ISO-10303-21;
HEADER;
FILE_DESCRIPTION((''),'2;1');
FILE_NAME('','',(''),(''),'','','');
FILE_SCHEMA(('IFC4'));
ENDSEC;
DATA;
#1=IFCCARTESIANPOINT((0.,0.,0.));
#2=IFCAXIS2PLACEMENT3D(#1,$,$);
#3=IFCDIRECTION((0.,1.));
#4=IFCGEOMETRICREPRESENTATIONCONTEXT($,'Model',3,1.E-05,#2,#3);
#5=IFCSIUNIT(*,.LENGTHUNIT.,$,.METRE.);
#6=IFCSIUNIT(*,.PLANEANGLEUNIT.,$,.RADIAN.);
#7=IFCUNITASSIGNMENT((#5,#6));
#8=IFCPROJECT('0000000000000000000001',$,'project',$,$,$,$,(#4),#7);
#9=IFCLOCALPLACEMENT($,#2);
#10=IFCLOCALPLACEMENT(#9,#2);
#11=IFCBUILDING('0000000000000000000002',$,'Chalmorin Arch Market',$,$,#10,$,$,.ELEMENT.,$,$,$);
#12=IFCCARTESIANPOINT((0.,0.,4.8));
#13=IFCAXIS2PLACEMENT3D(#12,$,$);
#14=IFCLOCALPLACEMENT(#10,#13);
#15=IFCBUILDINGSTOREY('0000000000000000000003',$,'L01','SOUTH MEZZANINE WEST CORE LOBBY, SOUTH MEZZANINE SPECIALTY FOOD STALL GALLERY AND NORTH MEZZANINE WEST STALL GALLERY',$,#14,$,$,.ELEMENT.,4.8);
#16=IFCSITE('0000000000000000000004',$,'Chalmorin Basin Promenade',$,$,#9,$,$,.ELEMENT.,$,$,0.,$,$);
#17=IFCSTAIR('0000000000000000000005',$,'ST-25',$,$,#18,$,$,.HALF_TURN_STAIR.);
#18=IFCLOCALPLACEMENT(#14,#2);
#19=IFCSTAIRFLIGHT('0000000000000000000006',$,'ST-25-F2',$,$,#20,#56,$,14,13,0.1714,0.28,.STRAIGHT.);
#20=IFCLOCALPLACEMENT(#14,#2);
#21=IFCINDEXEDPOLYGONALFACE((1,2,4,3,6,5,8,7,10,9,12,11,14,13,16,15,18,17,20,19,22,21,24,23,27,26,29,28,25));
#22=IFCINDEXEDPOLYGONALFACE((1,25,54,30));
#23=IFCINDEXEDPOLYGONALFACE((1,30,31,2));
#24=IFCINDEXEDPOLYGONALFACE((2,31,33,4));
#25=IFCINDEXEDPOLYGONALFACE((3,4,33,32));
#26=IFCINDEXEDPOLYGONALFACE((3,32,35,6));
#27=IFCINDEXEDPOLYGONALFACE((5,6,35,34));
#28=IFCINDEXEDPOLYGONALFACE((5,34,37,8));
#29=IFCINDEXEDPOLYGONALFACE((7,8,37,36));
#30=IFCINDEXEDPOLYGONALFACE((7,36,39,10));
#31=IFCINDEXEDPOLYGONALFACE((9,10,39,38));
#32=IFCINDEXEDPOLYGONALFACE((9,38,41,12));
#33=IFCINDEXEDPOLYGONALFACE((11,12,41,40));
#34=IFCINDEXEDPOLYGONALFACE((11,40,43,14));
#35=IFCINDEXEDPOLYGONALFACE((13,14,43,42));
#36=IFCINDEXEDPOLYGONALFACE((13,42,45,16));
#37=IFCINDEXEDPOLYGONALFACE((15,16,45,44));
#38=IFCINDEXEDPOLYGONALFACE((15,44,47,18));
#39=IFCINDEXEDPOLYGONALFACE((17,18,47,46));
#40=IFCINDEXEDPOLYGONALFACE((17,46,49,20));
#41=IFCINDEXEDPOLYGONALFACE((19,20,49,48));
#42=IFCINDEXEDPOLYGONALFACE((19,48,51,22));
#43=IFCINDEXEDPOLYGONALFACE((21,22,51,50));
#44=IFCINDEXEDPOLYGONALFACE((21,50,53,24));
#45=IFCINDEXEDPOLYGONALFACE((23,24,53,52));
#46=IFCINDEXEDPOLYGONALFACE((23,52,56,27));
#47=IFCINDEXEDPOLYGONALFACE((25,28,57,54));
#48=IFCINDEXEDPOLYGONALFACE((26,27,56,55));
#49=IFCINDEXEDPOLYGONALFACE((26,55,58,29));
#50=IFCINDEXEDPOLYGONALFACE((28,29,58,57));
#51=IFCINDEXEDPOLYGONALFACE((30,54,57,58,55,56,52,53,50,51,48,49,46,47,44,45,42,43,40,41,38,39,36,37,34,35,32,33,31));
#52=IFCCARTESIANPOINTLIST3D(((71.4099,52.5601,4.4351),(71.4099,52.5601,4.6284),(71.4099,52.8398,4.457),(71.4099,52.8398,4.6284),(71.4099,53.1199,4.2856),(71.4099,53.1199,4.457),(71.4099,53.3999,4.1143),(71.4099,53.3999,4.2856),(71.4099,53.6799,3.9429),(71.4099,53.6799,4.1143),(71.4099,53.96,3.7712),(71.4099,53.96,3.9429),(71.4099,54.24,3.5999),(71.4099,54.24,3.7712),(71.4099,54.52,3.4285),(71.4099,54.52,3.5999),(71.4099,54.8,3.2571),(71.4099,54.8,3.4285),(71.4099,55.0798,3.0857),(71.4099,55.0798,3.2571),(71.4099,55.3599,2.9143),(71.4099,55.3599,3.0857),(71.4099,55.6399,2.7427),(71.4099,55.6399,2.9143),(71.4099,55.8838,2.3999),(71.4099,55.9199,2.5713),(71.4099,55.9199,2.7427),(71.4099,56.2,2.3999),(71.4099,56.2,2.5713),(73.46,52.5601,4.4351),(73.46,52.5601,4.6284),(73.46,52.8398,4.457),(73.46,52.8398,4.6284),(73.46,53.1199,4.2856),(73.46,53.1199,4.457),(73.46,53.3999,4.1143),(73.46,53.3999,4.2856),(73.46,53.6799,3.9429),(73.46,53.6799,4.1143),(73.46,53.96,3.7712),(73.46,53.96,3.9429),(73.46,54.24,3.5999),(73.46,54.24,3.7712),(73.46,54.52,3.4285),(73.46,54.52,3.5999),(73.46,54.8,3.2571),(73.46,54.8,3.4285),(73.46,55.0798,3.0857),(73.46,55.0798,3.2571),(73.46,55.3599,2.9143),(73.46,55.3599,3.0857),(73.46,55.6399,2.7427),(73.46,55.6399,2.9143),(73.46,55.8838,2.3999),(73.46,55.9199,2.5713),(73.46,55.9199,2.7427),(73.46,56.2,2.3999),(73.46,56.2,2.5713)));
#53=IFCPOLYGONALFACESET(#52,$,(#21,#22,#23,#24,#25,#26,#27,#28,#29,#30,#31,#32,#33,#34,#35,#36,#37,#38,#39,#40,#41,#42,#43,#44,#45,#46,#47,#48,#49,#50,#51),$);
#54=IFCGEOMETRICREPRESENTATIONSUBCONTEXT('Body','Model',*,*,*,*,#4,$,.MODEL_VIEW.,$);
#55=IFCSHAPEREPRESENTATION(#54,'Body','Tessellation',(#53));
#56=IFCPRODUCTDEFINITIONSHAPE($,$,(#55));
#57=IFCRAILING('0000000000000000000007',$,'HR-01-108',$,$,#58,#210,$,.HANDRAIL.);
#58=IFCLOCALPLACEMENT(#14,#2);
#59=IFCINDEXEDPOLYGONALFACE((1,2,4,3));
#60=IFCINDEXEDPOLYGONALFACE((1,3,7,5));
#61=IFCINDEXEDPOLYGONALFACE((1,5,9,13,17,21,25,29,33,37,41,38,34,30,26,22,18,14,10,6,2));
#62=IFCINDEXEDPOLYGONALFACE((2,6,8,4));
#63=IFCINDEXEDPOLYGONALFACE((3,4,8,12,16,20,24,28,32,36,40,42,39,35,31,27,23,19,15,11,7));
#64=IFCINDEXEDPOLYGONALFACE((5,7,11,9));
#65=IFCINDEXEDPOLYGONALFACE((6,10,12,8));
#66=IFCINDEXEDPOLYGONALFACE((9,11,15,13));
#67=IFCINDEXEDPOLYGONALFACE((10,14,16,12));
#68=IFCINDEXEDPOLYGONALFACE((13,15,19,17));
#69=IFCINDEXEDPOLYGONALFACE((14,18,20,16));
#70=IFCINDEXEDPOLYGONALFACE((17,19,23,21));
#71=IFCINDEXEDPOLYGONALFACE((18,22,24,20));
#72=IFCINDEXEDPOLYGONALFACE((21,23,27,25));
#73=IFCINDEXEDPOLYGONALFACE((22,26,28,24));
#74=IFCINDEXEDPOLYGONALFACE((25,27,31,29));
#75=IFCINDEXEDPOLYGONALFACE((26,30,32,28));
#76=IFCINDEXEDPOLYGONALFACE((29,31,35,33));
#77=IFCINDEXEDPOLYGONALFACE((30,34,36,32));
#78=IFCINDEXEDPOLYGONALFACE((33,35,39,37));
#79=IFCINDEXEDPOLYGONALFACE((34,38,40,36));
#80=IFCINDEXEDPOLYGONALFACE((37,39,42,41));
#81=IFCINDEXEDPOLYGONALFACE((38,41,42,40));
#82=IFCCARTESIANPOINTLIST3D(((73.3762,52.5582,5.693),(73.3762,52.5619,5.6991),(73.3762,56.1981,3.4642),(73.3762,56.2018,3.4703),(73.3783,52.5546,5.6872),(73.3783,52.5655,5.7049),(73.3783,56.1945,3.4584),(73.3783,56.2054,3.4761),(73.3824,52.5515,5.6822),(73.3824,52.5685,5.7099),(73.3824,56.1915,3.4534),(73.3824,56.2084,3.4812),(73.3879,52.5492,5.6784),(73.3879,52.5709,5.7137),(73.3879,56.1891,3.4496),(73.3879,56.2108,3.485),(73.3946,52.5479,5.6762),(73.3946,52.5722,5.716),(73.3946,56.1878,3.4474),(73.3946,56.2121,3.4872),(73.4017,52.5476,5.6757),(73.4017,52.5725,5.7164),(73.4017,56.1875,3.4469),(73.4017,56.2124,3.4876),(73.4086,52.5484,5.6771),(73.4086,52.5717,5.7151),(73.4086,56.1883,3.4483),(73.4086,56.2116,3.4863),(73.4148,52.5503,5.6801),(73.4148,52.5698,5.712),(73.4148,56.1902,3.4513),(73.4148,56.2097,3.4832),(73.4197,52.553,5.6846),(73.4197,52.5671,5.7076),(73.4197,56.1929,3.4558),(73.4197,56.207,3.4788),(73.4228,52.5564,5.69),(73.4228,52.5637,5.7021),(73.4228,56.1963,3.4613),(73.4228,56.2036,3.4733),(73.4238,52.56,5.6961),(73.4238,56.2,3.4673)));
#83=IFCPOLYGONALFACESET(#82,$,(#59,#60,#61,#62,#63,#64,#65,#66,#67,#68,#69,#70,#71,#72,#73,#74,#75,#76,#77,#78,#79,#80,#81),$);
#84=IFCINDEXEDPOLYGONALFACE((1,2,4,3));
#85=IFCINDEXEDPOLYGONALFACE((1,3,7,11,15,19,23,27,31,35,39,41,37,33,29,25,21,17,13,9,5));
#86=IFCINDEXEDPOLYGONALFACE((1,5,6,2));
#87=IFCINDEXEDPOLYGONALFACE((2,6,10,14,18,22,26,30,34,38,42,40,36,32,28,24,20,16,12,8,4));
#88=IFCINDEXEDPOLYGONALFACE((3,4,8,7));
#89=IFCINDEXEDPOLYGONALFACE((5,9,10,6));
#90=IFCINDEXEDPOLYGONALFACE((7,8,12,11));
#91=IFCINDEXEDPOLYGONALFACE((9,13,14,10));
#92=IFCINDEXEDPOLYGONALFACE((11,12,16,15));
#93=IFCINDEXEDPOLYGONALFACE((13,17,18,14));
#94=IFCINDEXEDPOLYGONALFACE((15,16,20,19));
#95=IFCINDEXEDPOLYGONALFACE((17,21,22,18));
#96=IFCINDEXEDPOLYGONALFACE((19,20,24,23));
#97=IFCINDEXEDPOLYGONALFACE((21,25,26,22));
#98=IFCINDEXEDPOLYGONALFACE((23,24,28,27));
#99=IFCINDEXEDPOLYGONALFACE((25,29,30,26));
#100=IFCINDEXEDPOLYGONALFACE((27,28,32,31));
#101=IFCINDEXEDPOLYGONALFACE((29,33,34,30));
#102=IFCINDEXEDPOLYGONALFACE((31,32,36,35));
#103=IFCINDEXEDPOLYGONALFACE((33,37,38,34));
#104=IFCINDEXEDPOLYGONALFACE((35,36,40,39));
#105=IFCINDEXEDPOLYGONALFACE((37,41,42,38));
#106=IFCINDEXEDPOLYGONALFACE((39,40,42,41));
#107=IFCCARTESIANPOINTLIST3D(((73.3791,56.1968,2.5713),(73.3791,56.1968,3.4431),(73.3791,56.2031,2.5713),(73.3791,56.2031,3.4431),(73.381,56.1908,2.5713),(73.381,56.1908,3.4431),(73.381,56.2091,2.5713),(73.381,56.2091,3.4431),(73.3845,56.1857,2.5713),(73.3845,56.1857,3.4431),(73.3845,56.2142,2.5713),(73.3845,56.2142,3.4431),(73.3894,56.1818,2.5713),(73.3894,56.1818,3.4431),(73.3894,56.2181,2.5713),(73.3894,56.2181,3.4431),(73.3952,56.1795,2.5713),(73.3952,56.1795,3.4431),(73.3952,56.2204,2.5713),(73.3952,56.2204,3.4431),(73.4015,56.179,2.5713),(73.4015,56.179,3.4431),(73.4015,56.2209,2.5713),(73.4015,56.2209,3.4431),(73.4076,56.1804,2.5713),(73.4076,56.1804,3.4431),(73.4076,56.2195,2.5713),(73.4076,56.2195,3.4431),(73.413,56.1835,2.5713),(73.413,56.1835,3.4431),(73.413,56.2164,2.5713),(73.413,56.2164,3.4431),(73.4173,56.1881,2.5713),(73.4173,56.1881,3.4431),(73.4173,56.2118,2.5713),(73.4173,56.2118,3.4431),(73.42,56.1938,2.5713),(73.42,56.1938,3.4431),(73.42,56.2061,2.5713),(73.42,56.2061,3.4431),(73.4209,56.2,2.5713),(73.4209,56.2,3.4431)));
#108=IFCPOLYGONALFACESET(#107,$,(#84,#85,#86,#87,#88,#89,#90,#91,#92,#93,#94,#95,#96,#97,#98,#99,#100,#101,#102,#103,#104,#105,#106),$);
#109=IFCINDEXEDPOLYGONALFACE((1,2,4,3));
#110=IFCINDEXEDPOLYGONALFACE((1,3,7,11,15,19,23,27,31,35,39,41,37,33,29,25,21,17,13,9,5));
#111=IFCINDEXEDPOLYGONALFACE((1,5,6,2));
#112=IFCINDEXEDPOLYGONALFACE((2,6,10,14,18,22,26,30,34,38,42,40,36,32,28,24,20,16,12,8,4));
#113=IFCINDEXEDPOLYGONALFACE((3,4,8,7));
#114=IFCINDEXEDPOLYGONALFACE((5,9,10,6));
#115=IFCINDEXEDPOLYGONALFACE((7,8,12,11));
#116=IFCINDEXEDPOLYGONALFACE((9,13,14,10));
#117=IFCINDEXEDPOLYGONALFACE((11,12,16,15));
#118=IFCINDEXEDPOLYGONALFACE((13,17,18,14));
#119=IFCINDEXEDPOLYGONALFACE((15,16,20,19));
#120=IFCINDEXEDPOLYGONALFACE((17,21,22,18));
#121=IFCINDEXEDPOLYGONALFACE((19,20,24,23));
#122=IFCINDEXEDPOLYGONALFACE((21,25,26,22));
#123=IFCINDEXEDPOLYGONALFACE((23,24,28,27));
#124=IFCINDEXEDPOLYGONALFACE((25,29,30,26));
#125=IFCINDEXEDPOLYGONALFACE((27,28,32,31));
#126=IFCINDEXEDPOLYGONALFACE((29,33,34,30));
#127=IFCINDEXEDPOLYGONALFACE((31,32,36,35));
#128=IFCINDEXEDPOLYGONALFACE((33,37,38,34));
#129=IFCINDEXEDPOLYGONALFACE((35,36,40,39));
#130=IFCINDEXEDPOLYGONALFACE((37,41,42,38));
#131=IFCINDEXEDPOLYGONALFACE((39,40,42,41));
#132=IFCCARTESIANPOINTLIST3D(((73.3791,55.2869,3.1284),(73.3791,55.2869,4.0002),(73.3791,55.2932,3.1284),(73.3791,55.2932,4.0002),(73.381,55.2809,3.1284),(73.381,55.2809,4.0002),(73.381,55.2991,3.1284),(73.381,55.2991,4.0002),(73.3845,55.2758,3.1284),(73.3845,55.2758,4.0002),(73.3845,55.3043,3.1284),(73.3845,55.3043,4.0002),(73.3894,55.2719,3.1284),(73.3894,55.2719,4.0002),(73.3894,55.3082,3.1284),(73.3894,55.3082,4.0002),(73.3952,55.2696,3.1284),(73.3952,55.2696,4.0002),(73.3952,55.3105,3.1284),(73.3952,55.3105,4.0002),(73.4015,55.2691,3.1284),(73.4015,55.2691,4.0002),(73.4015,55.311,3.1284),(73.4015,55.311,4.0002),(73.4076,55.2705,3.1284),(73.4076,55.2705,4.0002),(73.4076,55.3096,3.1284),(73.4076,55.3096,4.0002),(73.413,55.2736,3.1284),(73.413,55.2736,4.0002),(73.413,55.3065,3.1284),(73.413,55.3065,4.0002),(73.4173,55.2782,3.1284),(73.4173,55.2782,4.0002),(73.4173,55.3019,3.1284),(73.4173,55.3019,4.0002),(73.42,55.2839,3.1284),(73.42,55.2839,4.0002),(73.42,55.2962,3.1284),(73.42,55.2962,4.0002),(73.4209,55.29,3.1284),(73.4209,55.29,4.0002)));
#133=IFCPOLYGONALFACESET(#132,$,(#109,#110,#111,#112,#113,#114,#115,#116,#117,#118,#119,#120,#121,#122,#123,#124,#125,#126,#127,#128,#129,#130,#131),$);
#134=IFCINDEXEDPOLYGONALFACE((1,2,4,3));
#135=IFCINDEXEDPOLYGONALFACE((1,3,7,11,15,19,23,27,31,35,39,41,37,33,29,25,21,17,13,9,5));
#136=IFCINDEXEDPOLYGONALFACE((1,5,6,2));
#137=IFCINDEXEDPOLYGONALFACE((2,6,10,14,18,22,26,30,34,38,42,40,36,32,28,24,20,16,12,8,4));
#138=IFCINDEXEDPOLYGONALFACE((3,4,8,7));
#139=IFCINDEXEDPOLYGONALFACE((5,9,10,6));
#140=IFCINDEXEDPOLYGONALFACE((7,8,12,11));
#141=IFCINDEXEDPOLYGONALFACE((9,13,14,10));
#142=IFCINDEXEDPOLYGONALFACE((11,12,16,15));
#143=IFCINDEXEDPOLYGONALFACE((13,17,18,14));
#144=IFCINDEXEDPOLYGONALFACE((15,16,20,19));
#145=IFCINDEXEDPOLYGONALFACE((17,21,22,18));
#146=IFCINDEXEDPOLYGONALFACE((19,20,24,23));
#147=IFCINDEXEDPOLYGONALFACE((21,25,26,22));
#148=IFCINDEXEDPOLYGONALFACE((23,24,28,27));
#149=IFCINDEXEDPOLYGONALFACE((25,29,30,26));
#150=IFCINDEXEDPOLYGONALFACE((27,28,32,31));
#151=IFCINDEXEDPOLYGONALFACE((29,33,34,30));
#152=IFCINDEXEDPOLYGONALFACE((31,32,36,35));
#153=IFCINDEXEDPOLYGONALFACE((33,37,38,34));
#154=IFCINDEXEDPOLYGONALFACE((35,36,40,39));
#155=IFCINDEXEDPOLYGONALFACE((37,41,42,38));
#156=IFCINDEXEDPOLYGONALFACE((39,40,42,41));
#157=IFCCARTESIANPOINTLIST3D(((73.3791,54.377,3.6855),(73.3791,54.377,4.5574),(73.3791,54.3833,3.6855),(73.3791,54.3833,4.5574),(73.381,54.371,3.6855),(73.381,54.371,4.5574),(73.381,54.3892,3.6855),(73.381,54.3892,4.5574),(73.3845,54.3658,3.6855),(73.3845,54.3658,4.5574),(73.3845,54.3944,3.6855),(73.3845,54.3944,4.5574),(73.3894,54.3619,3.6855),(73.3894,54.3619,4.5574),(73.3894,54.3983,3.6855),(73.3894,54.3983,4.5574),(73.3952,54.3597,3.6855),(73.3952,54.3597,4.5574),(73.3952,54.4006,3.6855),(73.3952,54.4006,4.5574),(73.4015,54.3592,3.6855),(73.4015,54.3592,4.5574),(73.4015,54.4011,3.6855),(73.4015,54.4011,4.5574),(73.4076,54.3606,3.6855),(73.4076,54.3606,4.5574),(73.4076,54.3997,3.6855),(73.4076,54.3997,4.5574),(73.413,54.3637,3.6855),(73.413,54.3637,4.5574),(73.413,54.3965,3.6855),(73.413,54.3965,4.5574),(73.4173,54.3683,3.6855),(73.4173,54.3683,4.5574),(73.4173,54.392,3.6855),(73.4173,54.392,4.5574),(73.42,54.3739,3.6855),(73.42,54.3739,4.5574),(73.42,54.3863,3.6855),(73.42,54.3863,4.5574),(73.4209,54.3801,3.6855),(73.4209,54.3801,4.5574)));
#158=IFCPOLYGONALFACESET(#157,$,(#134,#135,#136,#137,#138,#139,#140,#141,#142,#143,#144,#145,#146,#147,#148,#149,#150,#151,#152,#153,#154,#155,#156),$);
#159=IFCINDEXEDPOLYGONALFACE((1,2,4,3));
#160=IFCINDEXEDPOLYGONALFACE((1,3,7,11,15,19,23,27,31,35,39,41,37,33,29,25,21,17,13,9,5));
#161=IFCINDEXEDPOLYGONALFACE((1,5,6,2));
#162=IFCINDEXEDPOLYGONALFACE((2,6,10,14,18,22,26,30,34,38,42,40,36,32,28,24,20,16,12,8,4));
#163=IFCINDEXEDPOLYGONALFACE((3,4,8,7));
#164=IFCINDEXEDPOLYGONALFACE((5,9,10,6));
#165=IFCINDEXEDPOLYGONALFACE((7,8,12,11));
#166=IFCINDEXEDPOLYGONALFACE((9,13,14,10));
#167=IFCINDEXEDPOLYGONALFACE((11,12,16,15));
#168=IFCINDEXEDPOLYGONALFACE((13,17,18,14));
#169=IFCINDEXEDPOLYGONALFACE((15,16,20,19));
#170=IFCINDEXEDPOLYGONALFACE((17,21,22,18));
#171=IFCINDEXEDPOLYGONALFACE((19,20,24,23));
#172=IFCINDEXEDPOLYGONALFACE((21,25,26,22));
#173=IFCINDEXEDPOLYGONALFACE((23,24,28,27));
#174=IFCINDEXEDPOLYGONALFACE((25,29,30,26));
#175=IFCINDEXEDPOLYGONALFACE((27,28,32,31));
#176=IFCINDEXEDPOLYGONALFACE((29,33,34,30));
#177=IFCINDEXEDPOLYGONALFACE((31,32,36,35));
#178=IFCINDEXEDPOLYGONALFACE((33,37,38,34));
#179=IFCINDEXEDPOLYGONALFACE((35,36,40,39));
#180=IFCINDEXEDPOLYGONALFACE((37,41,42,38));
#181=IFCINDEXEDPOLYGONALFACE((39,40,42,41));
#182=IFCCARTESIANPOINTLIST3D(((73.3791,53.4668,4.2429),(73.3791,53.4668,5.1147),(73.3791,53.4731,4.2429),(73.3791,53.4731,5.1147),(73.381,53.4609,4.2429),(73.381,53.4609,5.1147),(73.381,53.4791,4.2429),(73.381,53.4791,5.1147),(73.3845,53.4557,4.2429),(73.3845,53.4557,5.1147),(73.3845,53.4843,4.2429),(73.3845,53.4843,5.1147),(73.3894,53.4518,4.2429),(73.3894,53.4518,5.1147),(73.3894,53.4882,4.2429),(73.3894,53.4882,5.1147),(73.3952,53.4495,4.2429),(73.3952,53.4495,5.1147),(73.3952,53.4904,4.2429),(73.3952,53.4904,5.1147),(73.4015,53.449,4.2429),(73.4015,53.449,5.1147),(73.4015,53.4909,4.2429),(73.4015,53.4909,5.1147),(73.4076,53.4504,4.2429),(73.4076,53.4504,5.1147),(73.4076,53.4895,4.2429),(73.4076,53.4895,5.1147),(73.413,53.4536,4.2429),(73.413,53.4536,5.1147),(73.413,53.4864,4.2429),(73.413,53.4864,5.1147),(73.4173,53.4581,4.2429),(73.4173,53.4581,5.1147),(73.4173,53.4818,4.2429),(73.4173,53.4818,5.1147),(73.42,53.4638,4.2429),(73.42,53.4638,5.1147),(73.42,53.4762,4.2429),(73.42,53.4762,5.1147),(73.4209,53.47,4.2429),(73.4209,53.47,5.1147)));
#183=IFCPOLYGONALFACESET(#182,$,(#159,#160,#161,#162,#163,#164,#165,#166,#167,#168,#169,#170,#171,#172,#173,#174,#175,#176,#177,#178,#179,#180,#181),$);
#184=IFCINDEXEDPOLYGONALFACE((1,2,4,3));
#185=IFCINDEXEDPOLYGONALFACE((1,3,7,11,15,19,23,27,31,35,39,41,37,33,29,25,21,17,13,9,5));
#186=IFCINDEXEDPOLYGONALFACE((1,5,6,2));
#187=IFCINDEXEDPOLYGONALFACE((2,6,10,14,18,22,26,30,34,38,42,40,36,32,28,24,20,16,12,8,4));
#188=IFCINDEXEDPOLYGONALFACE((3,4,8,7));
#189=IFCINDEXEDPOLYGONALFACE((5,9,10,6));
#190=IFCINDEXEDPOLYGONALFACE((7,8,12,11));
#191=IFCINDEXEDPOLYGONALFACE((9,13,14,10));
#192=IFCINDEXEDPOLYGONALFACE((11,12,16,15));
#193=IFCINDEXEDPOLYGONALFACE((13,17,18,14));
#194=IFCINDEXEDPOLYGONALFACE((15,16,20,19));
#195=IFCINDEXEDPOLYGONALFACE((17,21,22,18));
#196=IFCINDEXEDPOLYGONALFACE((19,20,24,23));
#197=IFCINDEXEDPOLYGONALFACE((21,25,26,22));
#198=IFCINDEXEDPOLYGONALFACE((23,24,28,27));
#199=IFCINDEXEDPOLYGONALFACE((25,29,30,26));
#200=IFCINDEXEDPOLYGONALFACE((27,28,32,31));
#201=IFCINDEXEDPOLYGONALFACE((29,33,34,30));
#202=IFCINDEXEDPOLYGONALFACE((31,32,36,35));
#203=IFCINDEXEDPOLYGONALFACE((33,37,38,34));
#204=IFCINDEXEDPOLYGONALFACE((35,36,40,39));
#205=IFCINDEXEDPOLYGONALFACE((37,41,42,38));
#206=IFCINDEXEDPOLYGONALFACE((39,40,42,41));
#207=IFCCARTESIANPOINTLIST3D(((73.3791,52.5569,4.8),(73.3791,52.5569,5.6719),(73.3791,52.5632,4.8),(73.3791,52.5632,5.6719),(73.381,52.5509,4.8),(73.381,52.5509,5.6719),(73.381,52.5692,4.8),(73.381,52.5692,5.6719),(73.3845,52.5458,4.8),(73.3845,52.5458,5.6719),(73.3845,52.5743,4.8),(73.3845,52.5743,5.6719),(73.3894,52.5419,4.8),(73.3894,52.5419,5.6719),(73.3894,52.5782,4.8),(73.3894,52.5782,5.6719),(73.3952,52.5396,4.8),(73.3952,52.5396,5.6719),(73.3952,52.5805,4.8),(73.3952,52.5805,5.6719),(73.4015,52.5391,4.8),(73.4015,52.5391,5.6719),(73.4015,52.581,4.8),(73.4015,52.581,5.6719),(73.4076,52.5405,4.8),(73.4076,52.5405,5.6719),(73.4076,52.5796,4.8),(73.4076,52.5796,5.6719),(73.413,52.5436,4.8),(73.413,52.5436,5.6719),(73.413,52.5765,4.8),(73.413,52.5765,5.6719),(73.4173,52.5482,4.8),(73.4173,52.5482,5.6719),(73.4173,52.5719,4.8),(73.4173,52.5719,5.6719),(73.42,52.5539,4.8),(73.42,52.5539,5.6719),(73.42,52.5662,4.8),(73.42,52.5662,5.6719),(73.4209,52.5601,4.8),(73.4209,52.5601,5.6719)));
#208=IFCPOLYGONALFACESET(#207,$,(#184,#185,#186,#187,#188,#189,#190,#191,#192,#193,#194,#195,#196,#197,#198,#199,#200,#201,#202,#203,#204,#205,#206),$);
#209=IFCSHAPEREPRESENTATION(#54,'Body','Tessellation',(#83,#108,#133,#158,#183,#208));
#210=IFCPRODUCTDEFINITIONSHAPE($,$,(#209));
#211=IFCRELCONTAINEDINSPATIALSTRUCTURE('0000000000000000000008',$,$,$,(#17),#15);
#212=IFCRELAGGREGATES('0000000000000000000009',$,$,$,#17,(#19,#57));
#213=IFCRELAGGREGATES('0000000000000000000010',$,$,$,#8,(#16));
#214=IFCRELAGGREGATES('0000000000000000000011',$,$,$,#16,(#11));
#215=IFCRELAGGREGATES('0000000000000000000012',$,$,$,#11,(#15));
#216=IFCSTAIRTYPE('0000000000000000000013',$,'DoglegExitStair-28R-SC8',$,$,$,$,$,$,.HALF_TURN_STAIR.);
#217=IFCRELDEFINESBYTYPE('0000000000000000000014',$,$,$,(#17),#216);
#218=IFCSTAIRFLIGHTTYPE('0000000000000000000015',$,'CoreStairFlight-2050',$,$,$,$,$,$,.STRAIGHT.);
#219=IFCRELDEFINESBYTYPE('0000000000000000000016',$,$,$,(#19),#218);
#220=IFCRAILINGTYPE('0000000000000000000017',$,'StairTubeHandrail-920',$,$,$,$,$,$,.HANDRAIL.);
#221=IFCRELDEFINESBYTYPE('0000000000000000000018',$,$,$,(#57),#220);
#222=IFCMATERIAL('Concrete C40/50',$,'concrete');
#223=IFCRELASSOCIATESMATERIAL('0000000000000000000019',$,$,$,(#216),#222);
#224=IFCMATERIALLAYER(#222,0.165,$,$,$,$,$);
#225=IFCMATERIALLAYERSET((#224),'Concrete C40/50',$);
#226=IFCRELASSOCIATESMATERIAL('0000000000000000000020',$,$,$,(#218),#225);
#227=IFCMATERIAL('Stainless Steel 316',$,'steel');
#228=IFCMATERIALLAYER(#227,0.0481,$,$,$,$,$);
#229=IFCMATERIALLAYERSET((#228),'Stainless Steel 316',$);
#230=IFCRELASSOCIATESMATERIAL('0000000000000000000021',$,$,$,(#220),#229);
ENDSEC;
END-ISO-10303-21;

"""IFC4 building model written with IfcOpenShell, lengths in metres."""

from ifc_helpers import new_model, si_unit, direction, frame, origin, origin_2d, place, context, subcontext, project, spatial, polyline, circle, outline, extrude, material, layer, layer_set, type_object, element, aggregate, save


model = new_model("IFC4")

# Units and contexts
model_context = context("Model", 3, precision=1e-05, world=origin(), true_north=direction((0.0, 1.0)))
body_context = subcontext(model_context, "Body", "Model", "MODEL_VIEW")
ifc_project = project(units=[si_unit("LENGTHUNIT", "METRE"), si_unit("PLANEANGLEUNIT", "RADIAN")], contexts=[model_context])

# Site, building, storey
site_placement = place(None, origin())
site = spatial("IfcSite", under=ifc_project, at=site_placement, Name="Chalmorin Basin Promenade", CompositionType="ELEMENT", RefElevation=0.0)
building_placement = place(site_placement, origin())
building = spatial("IfcBuilding", under=site, at=building_placement, Name="Chalmorin Arch Market", CompositionType="ELEMENT")
storey_placement = place(building_placement, frame((0.0, 0.0, 4.8)))
storey = spatial("IfcBuildingStorey", under=building, at=storey_placement, Name="L01", Description="SOUTH MEZZANINE WEST CORE LOBBY, SOUTH MEZZANINE SPECIALTY FOOD STALL GALLERY AND NORTH MEZZANINE WEST STALL GALLERY", CompositionType="ELEMENT", Elevation=4.8)

# Shared definitions
ifc_material_1 = material(Name="Concrete C40/50", Category="concrete")

# Stair, stair flight, railing
stair_type = type_object("IfcStairType", Name="DoglegExitStair-28R-SC8", PredefinedType="HALF_TURN_STAIR", material=ifc_material_1)
stair_placement = place(storey_placement, origin())
stair = element("IfcStair", 1, at=stair_placement, inside=storey, type_object=stair_type, Name="ST-25", PredefinedType="HALF_TURN_STAIR")
ifc_layer_1 = layer(ifc_material_1, 0.165)
ifc_layer_set_1 = layer_set([ifc_layer_1], Name="Concrete C40/50")
stair_flight_type = type_object("IfcStairFlightType", Name="CoreStairFlight-2050", PredefinedType="STRAIGHT", material=ifc_layer_set_1)
stair_flight_1_placement = place(storey_placement, frame((72.4351, 56.2, 2.3999), z_axis=(0.0, 0.0, 1.0), x_axis=(0.0, -1.0, 0.0)))
stair_flight_1 = element("IfcStairFlight", 2, at=stair_flight_1_placement, type_object=stair_flight_type, Name="ST-25-F2", NumberOfRisers=14, NumberOfTreads=13, PredefinedType="STRAIGHT", RiserHeight=0.1714, TreadLength=0.28, context=body_context, shape_type="SweptSolid", body=[
    extrude(outline(polyline([(0.0, 0.0), (0.0, 0.1714), (0.28, 0.1714), (0.28, 0.3428), (0.5601, 0.3428), (0.5601, 0.5144), (0.8401, 0.5144), (0.8401, 0.6858), (1.1201, 0.6858), (1.1201, 0.8572), (1.3999, 0.8572), (1.3999, 1.0286), (1.6799, 1.0286), (1.6799, 1.2), (1.96, 1.2), (1.96, 1.3713), (2.24, 1.3713), (2.24, 1.543), (2.52, 1.543), (2.52, 1.7144), (2.8, 1.7144), (2.8, 1.8857), (3.0801, 1.8857), (3.0801, 2.0571), (3.3601, 2.0571), (3.3601, 2.2285), (3.6399, 2.2285), (3.6399, 2.3999), (3.6399, 2.0352), (0.3162, 0.0), (0.0, 0.0)])), frame((0.0, 1.0249, 0.0), z_axis=(0.0, -1.0, 0.0), x_axis=(1.0, 0.0, 0.0)), (0.0, 0.0, 1.0), 2.05),
])
ifc_material_2 = material(Name="Stainless Steel 316", Category="steel")
ifc_layer_2 = layer(ifc_material_2, 0.0481)
ifc_layer_set_2 = layer_set([ifc_layer_2], Name="Stainless Steel 316")
railing_type_1 = type_object("IfcRailingType", Name="StairTubeHandrail-920", PredefinedType="HANDRAIL", material=ifc_layer_set_2)
railing_1_placement = place(storey_placement, frame((73.3999, 56.2, 2.5713)))
railing_1 = element("IfcRailing", 3, at=railing_1_placement, type_object=railing_type_1, Name="HR-01-108", PredefinedType="HANDRAIL", context=body_context, shape_type="SweptSolid", body=[
    extrude(circle(Radius=0.0239, at=origin_2d()), frame((0.0, 0.0, 0.896), z_axis=(0.0, -0.852825, 0.522197), x_axis=(1.0, 0.0, 0.0)), (0.0, 0.0, 1.0), 4.2681),
    extrude(circle(Radius=0.021, at=origin_2d()), origin(), (0.0, 0.0, 1.0), 0.8718),
    extrude(circle(Radius=0.021, at=origin_2d()), frame((0.0, -0.9099, 0.5571)), (0.0, 0.0, 1.0), 0.8718),
    extrude(circle(Radius=0.021, at=origin_2d()), frame((0.0, -1.8198, 1.1143)), (0.0, 0.0, 1.0), 0.8718),
    extrude(circle(Radius=0.021, at=origin_2d()), frame((0.0, -2.73, 1.6716)), (0.0, 0.0, 1.0), 0.8718),
    extrude(circle(Radius=0.021, at=origin_2d()), frame((0.0, -3.6399, 2.2288)), (0.0, 0.0, 1.0), 0.8718),
])
aggregate(stair, [stair_flight_1, railing_1])

save(model, "model.ifc")
